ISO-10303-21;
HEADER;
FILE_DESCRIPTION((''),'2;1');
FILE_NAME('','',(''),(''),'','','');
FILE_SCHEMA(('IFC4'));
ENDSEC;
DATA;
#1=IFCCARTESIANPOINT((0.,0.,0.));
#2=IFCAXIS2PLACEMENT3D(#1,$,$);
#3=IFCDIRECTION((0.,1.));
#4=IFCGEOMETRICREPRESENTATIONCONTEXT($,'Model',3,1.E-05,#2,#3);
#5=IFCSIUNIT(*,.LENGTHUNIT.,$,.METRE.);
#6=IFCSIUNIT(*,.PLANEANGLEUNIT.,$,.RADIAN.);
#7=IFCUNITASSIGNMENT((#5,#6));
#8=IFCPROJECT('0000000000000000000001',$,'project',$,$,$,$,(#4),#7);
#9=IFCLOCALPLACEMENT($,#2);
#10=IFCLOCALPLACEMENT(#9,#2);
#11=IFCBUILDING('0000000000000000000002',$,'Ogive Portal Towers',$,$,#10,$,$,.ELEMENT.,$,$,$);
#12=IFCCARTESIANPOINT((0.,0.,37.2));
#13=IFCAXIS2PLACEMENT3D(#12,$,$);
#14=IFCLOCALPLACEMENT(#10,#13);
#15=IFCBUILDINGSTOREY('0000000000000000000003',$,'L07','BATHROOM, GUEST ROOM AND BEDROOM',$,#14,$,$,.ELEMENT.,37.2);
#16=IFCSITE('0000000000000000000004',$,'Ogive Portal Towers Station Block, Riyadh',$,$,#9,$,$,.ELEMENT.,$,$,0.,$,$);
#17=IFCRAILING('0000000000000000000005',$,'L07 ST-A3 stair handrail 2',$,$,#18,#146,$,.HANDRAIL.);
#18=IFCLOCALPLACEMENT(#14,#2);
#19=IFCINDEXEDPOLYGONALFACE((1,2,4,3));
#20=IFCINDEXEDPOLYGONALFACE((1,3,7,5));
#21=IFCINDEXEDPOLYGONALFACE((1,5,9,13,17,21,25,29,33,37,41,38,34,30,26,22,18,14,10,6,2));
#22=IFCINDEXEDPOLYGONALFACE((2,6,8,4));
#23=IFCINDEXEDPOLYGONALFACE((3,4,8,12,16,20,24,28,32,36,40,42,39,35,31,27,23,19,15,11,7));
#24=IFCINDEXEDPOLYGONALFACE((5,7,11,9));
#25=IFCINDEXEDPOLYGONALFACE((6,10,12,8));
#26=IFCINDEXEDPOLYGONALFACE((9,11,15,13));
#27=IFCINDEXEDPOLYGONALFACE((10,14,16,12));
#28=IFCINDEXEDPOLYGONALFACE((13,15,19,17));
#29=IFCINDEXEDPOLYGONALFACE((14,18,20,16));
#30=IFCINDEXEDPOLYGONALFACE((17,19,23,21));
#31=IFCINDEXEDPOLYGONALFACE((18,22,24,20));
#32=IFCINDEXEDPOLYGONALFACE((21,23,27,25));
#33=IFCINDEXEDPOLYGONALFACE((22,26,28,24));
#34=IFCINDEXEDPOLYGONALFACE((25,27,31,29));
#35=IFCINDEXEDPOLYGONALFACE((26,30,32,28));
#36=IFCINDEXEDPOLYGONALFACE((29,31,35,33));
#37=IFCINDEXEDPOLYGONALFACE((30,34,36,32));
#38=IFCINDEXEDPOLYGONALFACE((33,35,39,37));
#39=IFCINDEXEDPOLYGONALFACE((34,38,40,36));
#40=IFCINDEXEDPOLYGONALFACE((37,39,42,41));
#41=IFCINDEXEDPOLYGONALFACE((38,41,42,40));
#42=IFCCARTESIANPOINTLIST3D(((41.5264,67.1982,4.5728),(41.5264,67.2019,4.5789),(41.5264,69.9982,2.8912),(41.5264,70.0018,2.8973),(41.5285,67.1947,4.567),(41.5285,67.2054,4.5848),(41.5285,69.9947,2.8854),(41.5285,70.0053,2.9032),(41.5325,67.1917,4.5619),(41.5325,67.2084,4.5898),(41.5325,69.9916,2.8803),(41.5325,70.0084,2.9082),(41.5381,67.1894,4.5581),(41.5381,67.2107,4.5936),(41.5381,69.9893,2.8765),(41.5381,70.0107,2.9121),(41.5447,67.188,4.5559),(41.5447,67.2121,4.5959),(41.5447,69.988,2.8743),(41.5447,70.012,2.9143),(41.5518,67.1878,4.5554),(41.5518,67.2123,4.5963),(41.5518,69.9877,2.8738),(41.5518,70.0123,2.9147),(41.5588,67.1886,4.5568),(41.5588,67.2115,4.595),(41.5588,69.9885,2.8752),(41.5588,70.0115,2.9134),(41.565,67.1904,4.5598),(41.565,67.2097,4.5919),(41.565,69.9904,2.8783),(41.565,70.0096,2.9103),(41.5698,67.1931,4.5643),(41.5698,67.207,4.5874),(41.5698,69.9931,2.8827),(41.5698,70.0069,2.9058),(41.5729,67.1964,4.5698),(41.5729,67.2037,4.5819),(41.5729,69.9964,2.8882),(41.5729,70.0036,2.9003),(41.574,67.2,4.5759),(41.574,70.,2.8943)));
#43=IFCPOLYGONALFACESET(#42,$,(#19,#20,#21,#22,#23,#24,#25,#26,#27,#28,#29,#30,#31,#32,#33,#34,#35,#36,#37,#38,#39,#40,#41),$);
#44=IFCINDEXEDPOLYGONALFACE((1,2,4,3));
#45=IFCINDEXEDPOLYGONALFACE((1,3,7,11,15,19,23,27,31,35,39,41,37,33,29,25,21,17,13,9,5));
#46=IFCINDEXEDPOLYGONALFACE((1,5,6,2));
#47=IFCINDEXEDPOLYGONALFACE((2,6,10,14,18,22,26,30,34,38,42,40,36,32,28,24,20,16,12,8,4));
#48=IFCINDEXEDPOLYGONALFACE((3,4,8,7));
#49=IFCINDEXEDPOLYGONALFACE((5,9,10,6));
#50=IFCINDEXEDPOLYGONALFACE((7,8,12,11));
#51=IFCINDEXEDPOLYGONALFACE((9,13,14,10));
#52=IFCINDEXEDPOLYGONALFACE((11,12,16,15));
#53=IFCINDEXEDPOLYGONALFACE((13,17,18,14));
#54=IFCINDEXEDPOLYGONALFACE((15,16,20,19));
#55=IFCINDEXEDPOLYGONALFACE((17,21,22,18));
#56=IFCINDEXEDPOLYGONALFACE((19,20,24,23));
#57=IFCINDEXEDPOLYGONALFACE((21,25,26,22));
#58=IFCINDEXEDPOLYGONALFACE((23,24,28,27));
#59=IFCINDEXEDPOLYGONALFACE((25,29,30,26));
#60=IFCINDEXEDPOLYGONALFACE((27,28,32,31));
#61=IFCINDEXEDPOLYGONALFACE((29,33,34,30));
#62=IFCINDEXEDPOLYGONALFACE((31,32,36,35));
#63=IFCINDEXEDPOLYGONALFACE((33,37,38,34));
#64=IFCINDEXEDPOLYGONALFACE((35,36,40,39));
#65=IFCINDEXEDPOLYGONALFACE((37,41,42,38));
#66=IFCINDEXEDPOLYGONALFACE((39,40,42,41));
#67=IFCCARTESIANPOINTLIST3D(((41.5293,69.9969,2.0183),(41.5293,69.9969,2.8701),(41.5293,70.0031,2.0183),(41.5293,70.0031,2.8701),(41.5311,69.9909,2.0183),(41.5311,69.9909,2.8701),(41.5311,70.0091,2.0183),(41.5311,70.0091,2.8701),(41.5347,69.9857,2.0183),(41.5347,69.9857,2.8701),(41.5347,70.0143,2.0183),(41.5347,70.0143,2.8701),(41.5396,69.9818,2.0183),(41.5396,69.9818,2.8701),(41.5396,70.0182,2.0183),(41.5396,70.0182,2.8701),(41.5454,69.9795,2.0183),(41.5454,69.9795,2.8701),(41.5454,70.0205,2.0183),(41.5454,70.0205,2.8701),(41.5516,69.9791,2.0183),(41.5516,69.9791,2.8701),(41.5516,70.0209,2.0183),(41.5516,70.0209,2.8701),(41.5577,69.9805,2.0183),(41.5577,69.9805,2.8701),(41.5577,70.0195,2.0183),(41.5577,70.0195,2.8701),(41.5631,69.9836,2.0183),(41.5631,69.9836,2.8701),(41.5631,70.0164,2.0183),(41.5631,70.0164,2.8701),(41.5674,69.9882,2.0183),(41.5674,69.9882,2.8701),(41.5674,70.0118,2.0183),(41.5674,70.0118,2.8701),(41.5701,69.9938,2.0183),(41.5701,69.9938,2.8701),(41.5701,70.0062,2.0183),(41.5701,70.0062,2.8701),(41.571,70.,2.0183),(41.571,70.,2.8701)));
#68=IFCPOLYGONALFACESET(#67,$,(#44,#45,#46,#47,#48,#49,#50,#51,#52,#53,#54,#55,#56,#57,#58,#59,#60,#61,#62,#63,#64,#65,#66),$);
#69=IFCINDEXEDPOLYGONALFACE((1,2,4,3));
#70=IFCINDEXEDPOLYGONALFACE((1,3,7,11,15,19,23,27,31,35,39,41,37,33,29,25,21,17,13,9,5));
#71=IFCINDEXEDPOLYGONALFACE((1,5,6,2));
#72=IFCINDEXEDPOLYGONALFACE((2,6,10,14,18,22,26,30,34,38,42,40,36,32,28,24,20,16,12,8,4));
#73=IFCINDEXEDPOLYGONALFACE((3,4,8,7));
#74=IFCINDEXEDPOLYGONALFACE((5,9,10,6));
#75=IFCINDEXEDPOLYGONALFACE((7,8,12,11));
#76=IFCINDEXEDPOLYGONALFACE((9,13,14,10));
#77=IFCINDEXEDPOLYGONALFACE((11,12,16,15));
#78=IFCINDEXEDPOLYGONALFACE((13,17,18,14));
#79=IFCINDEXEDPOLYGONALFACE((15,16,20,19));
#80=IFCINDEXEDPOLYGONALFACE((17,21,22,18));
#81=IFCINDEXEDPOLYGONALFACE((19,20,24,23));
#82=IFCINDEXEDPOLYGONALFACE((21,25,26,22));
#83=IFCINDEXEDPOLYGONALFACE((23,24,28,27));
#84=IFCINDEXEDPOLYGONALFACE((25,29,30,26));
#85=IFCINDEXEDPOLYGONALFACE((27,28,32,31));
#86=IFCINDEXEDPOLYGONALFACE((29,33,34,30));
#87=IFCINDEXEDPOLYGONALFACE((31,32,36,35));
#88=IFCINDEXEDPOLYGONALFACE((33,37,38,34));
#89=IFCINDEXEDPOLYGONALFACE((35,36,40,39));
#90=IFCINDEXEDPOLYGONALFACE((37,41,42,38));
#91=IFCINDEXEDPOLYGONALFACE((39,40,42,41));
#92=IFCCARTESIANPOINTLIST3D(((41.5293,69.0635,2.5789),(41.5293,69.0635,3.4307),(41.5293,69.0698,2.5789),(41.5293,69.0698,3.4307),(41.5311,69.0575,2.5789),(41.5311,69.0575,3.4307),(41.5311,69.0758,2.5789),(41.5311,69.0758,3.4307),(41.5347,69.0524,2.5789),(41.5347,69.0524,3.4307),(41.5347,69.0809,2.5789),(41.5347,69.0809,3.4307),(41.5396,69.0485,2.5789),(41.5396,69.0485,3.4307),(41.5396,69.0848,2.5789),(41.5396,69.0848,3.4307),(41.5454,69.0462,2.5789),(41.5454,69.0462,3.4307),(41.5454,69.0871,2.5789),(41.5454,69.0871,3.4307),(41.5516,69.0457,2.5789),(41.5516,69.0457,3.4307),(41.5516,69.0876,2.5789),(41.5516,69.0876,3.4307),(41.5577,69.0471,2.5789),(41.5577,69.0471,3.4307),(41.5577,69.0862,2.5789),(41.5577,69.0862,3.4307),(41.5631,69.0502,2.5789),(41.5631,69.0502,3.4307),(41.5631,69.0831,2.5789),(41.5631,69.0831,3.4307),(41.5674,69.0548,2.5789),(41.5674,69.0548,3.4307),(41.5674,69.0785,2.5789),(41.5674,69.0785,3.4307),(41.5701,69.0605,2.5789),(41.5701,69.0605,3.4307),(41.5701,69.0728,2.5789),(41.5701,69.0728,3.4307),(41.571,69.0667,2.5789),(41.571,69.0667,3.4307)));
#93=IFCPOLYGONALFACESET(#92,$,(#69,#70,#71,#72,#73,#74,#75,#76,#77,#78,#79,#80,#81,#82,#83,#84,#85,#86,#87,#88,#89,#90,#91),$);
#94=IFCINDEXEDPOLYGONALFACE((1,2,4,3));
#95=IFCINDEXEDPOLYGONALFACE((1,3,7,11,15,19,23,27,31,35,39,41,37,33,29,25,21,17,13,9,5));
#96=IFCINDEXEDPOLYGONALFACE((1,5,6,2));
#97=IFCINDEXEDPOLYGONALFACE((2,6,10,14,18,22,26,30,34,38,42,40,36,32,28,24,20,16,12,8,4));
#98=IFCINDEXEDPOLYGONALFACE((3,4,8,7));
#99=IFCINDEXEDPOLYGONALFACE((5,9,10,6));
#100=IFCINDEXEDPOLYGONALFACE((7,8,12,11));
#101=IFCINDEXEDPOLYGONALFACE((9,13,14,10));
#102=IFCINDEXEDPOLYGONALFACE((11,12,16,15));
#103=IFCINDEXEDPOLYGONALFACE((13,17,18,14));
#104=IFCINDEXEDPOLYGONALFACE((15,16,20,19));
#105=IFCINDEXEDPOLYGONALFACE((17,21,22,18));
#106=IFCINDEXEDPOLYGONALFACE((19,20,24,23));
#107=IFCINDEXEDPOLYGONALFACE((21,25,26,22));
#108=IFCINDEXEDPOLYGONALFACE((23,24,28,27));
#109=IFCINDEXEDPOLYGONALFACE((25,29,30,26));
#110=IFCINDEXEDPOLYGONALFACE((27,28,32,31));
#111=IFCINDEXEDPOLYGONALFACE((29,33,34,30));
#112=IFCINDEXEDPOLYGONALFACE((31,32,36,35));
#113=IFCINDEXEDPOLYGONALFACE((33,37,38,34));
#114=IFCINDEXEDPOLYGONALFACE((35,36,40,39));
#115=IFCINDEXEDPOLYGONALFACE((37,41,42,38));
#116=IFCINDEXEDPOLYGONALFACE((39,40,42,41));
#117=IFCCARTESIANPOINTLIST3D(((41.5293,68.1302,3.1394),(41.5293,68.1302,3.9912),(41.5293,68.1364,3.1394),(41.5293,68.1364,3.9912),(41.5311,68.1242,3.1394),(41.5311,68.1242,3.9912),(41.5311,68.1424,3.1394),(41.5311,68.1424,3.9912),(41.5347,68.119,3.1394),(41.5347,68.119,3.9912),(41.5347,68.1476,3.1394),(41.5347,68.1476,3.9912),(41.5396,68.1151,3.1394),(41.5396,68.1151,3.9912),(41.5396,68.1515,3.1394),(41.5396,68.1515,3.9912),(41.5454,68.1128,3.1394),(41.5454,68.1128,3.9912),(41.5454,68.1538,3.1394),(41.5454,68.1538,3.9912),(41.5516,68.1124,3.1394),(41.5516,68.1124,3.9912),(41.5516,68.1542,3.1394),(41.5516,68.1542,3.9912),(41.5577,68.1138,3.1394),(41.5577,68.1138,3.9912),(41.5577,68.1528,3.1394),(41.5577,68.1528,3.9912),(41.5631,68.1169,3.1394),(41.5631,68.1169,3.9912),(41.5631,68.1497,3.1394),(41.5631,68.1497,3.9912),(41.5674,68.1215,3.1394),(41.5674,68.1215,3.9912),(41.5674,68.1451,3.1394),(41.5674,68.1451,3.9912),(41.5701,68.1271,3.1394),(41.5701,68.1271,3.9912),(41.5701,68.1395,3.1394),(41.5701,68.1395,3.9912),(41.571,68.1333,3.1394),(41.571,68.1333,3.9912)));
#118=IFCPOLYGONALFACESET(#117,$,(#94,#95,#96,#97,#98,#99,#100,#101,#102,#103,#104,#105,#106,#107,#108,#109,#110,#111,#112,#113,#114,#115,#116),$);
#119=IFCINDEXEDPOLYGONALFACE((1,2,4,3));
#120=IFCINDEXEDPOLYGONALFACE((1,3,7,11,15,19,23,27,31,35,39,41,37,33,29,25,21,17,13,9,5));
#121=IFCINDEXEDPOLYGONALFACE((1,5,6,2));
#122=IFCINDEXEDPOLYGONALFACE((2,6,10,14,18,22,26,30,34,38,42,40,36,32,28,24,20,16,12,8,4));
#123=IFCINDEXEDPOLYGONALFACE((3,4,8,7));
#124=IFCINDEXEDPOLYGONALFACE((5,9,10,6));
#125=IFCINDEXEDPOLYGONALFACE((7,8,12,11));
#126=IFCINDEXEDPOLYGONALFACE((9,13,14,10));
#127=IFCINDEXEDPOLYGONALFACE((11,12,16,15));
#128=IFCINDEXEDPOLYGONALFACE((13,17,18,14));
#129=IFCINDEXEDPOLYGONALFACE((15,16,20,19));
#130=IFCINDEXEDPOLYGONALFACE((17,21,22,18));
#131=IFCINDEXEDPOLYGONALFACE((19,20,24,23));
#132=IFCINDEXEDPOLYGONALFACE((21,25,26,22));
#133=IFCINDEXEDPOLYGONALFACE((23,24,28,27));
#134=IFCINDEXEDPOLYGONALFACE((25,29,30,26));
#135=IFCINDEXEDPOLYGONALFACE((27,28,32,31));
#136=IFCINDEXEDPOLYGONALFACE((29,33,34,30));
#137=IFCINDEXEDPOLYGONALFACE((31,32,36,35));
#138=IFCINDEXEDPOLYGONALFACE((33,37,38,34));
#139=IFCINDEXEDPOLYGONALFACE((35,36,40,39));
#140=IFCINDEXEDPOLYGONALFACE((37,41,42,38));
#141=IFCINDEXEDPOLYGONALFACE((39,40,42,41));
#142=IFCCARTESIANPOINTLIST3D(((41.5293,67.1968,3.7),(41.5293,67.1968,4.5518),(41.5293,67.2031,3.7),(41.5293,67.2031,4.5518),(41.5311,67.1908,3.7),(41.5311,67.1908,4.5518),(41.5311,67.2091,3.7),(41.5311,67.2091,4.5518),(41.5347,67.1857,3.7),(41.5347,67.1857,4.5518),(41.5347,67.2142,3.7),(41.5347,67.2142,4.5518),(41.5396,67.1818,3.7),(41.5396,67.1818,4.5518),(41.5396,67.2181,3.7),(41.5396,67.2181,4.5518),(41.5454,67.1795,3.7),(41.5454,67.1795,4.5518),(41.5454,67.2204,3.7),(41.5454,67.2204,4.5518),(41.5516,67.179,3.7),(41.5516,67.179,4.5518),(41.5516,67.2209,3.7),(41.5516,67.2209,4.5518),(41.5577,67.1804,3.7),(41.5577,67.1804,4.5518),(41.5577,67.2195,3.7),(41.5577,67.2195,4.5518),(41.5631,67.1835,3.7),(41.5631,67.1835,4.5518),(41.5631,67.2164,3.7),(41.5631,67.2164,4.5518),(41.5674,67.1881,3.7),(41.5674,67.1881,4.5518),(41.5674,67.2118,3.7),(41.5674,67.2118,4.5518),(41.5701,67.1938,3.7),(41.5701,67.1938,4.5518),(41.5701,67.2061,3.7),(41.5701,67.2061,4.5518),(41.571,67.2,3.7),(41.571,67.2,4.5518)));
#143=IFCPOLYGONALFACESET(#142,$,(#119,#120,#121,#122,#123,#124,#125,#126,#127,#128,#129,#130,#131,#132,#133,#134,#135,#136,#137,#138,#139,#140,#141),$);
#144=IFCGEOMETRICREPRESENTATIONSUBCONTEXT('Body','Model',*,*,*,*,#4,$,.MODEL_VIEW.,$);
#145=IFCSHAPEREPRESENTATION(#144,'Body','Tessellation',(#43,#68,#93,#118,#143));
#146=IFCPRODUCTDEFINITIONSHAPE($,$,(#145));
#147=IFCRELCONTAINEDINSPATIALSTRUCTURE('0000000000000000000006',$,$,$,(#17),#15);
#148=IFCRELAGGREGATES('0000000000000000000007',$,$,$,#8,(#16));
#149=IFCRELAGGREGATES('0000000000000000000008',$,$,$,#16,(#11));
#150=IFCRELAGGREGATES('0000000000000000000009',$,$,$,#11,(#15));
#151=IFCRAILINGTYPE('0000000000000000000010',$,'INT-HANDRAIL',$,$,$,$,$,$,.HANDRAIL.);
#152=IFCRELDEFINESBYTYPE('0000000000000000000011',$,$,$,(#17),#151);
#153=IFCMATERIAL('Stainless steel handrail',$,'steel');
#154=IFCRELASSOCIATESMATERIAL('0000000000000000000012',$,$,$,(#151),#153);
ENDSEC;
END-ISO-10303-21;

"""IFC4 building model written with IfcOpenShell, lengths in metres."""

from ifc_helpers import new_model, si_unit, direction, frame, origin, origin_2d, place, context, subcontext, project, spatial, circle, extrude, material, type_object, element, save


model = new_model("IFC4")

# Units and contexts
model_context = context("Model", 3, precision=1e-05, world=origin(), true_north=direction((0.0, 1.0)))
body_context = subcontext(model_context, "Body", "Model", "MODEL_VIEW")
ifc_project = project(units=[si_unit("LENGTHUNIT", "METRE"), si_unit("PLANEANGLEUNIT", "RADIAN")], contexts=[model_context])

# Site, building, storey
site_placement = place(None, origin())
site = spatial("IfcSite", under=ifc_project, at=site_placement, Name="Ogive Portal Towers Station Block, Riyadh", CompositionType="ELEMENT", RefElevation=0.0)
building_placement = place(site_placement, origin())
building = spatial("IfcBuilding", under=site, at=building_placement, Name="Ogive Portal Towers", CompositionType="ELEMENT")
storey_placement = place(building_placement, frame((0.0, 0.0, 37.2)))
storey = spatial("IfcBuildingStorey", under=building, at=storey_placement, Name="L07", Description="BATHROOM, GUEST ROOM AND BEDROOM", CompositionType="ELEMENT", Elevation=37.2)

# Railing
ifc_material_1 = material(Name="Stainless steel handrail", Category="steel")
railing_type_1 = type_object("IfcRailingType", Name="INT-HANDRAIL", PredefinedType="HANDRAIL", material=ifc_material_1)
railing_1_placement = place(storey_placement, frame((41.55, 70.0, 2.0183)))
element("IfcRailing", 1, at=railing_1_placement, inside=storey, type_object=railing_type_1, Name="L07 ST-A3 stair handrail 2", PredefinedType="HANDRAIL", context=body_context, shape_type="SweptSolid", body=[
    extrude(circle(Radius=0.0239, at=origin_2d()), frame((0.0, 0.0, 0.876), z_axis=(0.0, -0.857275, 0.514858), x_axis=(1.0, 0.0, 0.0)), (0.0, 0.0, 1.0), 3.2661),
    extrude(circle(Radius=0.021, at=origin_2d()), origin(), (0.0, 0.0, 1.0), 0.8518),
    extrude(circle(Radius=0.021, at=origin_2d()), frame((0.0, -0.9333, 0.5605)), (0.0, 0.0, 1.0), 0.8518),
    extrude(circle(Radius=0.021, at=origin_2d()), frame((0.0, -1.8667, 1.1211)), (0.0, 0.0, 1.0), 0.8518),
    extrude(circle(Radius=0.021, at=origin_2d()), frame((0.0, -2.8, 1.6816)), (0.0, 0.0, 1.0), 0.8518),
])

save(model, "model.ifc")
